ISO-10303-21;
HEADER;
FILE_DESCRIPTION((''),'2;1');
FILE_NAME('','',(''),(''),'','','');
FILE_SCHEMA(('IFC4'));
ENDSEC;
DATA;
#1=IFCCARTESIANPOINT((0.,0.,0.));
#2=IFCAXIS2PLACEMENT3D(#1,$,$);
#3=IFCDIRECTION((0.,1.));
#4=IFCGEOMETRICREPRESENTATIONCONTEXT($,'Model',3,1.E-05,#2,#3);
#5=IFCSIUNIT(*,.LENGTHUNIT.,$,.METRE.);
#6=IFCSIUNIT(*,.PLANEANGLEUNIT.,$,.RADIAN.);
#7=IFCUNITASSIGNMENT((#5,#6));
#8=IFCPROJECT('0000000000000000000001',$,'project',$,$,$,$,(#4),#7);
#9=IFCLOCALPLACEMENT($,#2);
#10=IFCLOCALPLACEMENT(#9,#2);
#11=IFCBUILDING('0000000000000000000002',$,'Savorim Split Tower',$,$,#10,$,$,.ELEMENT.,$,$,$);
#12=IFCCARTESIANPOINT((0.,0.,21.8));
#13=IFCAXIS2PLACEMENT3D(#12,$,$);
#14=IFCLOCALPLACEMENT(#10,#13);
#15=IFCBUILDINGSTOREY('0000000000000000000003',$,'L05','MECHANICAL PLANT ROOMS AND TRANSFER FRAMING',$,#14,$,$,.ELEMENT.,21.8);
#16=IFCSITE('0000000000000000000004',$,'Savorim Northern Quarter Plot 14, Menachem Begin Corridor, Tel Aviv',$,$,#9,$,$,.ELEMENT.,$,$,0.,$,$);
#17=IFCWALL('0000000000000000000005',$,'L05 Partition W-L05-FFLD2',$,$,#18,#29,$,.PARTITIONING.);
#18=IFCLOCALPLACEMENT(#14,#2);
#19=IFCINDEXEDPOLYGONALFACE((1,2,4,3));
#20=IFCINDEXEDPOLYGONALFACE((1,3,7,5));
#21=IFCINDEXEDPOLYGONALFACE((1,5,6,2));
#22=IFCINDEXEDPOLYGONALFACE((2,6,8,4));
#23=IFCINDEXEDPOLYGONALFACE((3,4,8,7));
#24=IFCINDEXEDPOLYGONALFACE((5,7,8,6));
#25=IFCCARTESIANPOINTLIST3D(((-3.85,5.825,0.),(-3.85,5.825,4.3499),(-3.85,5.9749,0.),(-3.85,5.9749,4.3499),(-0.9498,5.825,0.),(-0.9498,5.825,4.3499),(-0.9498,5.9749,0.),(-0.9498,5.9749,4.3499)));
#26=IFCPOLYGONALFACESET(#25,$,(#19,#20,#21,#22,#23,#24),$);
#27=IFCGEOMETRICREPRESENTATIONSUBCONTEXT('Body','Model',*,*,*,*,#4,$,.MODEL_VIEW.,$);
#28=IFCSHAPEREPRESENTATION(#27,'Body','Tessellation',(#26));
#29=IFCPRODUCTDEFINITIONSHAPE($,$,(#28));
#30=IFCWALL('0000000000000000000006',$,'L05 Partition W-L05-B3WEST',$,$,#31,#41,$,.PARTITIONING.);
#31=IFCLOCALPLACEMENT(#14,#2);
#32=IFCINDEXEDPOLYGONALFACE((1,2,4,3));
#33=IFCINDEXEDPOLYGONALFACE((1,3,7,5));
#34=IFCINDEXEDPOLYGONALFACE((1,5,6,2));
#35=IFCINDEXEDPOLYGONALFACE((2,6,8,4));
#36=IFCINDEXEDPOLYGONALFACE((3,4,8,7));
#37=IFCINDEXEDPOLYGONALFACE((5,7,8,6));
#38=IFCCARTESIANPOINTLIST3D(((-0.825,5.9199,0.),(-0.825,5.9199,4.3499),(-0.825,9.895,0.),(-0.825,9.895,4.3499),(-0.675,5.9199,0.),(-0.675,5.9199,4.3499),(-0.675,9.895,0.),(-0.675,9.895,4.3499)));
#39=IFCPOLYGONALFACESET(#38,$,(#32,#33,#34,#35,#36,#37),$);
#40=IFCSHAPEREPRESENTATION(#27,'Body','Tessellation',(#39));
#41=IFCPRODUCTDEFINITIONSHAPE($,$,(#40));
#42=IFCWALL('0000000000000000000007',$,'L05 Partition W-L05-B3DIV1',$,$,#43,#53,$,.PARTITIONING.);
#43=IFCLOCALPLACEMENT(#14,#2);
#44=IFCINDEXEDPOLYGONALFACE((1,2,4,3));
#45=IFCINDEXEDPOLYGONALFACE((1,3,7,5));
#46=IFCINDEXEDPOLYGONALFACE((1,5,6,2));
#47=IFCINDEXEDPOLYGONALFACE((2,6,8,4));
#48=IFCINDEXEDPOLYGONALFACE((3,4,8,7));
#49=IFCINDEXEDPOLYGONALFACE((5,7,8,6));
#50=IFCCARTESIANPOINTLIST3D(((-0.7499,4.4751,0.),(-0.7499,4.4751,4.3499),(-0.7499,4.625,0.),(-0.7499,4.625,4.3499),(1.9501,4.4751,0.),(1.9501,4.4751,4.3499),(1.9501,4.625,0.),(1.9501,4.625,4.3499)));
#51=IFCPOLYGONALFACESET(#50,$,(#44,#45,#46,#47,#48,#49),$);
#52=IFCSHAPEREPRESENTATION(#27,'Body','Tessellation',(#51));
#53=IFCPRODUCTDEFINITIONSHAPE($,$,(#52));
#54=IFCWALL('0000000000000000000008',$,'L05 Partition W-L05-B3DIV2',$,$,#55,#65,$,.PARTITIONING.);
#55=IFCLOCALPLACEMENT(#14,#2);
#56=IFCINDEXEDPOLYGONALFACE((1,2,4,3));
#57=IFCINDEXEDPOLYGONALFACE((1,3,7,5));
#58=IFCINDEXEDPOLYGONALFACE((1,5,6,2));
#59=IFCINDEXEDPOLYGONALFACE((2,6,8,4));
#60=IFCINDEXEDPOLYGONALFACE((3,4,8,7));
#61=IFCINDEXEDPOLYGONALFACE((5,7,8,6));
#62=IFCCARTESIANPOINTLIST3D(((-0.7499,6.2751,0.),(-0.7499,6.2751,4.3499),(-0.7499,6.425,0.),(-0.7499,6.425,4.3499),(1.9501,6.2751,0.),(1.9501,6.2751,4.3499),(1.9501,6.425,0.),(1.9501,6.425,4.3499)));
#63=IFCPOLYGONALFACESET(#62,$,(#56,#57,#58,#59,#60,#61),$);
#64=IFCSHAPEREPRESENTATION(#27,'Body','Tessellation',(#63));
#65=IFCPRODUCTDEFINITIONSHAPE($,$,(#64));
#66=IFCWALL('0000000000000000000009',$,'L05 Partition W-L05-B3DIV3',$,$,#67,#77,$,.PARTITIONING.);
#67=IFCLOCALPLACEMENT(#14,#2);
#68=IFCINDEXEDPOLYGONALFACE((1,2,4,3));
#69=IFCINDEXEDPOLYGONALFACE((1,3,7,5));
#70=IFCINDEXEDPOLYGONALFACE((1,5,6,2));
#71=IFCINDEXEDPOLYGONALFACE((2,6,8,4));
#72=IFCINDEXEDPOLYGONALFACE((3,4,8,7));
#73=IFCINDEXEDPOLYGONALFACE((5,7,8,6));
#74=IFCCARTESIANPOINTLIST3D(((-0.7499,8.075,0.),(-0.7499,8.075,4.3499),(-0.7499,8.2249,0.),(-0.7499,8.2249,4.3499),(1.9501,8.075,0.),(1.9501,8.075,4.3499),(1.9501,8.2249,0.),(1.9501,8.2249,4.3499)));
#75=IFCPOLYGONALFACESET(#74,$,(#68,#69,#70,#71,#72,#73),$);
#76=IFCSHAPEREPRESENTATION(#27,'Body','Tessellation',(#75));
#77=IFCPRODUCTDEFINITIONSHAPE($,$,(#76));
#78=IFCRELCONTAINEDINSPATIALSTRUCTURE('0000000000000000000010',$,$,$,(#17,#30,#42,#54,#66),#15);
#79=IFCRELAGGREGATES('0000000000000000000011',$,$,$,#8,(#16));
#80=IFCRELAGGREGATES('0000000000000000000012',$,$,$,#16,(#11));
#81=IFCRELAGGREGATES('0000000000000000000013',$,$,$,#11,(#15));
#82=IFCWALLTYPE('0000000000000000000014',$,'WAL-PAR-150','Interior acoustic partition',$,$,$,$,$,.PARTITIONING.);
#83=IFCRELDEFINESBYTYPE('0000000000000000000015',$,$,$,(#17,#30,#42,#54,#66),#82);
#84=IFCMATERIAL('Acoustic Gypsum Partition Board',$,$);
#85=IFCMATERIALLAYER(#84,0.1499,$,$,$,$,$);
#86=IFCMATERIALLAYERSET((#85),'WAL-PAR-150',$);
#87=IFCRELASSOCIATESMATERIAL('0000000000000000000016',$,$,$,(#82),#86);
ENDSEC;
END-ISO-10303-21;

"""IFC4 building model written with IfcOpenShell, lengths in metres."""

from ifc_helpers import new_model, si_unit, direction, frame, frame_2d, origin, place, context, subcontext, project, spatial, rectangle, extrude, material, layer, layer_set, type_object, element, save


model = new_model("IFC4")

# Units and contexts
model_context = context("Model", 3, precision=1e-05, world=origin(), true_north=direction((0.0, 1.0)))
body_context = subcontext(model_context, "Body", "Model", "MODEL_VIEW")
ifc_project = project(units=[si_unit("LENGTHUNIT", "METRE"), si_unit("PLANEANGLEUNIT", "RADIAN")], contexts=[model_context])

# Site, building, storey
site_placement = place(None, origin())
site = spatial("IfcSite", under=ifc_project, at=site_placement, Name="Savorim Northern Quarter Plot 14, Menachem Begin Corridor, Tel Aviv", CompositionType="ELEMENT", RefElevation=0.0)
building_placement = place(site_placement, origin())
building = spatial("IfcBuilding", under=site, at=building_placement, Name="Savorim Split Tower", CompositionType="ELEMENT")
storey_placement = place(building_placement, frame((0.0, 0.0, 21.8)))
storey = spatial("IfcBuildingStorey", under=building, at=storey_placement, Name="L05", Description="MECHANICAL PLANT ROOMS AND TRANSFER FRAMING", CompositionType="ELEMENT", Elevation=21.8)

# Walls
ifc_material_1 = material(Name="Acoustic Gypsum Partition Board")
ifc_layer_1 = layer(ifc_material_1, 0.1499)
ifc_layer_set_1 = layer_set([ifc_layer_1], Name="WAL-PAR-150")
wall_type_1 = type_object("IfcWallType", Name="WAL-PAR-150", Description="Interior acoustic partition", PredefinedType="PARTITIONING", material=ifc_layer_set_1)
wall_1_placement = place(storey_placement, frame((-3.8501, 5.8999, 0.0), z_axis=(0.0, 0.0, 1.0), x_axis=(1.0, 0.0, 0.0)))
element("IfcWall", 1, at=wall_1_placement, inside=storey, type_object=wall_type_1, Name="L05 Partition W-L05-FFLD2", PredefinedType="PARTITIONING", context=body_context, shape_type="SweptSolid", body=[
    extrude(rectangle(XDim=2.9001, YDim=0.1499, at=frame_2d((1.4502, 0.0))), origin(), (0.0, 0.0, 1.0), 4.3499),
])
wall_2_placement = place(storey_placement, frame((-0.75, 5.9199, 0.0), z_axis=(0.0, 0.0, 1.0), x_axis=(0.0, 1.0, 0.0)))
element("IfcWall", 2, at=wall_2_placement, inside=storey, type_object=wall_type_1, Name="L05 Partition W-L05-B3WEST", PredefinedType="PARTITIONING", context=body_context, shape_type="SweptSolid", body=[
    extrude(rectangle(XDim=3.9751, YDim=0.1499, at=frame_2d((1.9875, 0.0))), origin(), (0.0, 0.0, 1.0), 4.3499),
])
for number, where, z_axis, x_axis, name in (
    (3, (-0.75, 4.55, 0.0), (0.0, 0.0, 1.0), (1.0, 0.0, 0.0), "L05 Partition W-L05-B3DIV1"),
    (4, (-0.75, 6.3501, 0.0), (0.0, 0.0, 1.0), (1.0, 0.0, 0.0), "L05 Partition W-L05-B3DIV2"),
    (5, (-0.75, 8.1499, 0.0), (0.0, 0.0, 1.0), (1.0, 0.0, 0.0), "L05 Partition W-L05-B3DIV3"),
):
    element("IfcWall", number, at=place(storey_placement, frame(where, z_axis=z_axis, x_axis=x_axis)), inside=storey, type_object=wall_type_1, Name=name, PredefinedType="PARTITIONING", context=body_context, shape_type="SweptSolid", body=[
        extrude(rectangle(XDim=2.7, YDim=0.1499, at=frame_2d((1.3501, 0.0))), origin(), (0.0, 0.0, 1.0), 4.3499),
    ])

save(model, "model.ifc")
